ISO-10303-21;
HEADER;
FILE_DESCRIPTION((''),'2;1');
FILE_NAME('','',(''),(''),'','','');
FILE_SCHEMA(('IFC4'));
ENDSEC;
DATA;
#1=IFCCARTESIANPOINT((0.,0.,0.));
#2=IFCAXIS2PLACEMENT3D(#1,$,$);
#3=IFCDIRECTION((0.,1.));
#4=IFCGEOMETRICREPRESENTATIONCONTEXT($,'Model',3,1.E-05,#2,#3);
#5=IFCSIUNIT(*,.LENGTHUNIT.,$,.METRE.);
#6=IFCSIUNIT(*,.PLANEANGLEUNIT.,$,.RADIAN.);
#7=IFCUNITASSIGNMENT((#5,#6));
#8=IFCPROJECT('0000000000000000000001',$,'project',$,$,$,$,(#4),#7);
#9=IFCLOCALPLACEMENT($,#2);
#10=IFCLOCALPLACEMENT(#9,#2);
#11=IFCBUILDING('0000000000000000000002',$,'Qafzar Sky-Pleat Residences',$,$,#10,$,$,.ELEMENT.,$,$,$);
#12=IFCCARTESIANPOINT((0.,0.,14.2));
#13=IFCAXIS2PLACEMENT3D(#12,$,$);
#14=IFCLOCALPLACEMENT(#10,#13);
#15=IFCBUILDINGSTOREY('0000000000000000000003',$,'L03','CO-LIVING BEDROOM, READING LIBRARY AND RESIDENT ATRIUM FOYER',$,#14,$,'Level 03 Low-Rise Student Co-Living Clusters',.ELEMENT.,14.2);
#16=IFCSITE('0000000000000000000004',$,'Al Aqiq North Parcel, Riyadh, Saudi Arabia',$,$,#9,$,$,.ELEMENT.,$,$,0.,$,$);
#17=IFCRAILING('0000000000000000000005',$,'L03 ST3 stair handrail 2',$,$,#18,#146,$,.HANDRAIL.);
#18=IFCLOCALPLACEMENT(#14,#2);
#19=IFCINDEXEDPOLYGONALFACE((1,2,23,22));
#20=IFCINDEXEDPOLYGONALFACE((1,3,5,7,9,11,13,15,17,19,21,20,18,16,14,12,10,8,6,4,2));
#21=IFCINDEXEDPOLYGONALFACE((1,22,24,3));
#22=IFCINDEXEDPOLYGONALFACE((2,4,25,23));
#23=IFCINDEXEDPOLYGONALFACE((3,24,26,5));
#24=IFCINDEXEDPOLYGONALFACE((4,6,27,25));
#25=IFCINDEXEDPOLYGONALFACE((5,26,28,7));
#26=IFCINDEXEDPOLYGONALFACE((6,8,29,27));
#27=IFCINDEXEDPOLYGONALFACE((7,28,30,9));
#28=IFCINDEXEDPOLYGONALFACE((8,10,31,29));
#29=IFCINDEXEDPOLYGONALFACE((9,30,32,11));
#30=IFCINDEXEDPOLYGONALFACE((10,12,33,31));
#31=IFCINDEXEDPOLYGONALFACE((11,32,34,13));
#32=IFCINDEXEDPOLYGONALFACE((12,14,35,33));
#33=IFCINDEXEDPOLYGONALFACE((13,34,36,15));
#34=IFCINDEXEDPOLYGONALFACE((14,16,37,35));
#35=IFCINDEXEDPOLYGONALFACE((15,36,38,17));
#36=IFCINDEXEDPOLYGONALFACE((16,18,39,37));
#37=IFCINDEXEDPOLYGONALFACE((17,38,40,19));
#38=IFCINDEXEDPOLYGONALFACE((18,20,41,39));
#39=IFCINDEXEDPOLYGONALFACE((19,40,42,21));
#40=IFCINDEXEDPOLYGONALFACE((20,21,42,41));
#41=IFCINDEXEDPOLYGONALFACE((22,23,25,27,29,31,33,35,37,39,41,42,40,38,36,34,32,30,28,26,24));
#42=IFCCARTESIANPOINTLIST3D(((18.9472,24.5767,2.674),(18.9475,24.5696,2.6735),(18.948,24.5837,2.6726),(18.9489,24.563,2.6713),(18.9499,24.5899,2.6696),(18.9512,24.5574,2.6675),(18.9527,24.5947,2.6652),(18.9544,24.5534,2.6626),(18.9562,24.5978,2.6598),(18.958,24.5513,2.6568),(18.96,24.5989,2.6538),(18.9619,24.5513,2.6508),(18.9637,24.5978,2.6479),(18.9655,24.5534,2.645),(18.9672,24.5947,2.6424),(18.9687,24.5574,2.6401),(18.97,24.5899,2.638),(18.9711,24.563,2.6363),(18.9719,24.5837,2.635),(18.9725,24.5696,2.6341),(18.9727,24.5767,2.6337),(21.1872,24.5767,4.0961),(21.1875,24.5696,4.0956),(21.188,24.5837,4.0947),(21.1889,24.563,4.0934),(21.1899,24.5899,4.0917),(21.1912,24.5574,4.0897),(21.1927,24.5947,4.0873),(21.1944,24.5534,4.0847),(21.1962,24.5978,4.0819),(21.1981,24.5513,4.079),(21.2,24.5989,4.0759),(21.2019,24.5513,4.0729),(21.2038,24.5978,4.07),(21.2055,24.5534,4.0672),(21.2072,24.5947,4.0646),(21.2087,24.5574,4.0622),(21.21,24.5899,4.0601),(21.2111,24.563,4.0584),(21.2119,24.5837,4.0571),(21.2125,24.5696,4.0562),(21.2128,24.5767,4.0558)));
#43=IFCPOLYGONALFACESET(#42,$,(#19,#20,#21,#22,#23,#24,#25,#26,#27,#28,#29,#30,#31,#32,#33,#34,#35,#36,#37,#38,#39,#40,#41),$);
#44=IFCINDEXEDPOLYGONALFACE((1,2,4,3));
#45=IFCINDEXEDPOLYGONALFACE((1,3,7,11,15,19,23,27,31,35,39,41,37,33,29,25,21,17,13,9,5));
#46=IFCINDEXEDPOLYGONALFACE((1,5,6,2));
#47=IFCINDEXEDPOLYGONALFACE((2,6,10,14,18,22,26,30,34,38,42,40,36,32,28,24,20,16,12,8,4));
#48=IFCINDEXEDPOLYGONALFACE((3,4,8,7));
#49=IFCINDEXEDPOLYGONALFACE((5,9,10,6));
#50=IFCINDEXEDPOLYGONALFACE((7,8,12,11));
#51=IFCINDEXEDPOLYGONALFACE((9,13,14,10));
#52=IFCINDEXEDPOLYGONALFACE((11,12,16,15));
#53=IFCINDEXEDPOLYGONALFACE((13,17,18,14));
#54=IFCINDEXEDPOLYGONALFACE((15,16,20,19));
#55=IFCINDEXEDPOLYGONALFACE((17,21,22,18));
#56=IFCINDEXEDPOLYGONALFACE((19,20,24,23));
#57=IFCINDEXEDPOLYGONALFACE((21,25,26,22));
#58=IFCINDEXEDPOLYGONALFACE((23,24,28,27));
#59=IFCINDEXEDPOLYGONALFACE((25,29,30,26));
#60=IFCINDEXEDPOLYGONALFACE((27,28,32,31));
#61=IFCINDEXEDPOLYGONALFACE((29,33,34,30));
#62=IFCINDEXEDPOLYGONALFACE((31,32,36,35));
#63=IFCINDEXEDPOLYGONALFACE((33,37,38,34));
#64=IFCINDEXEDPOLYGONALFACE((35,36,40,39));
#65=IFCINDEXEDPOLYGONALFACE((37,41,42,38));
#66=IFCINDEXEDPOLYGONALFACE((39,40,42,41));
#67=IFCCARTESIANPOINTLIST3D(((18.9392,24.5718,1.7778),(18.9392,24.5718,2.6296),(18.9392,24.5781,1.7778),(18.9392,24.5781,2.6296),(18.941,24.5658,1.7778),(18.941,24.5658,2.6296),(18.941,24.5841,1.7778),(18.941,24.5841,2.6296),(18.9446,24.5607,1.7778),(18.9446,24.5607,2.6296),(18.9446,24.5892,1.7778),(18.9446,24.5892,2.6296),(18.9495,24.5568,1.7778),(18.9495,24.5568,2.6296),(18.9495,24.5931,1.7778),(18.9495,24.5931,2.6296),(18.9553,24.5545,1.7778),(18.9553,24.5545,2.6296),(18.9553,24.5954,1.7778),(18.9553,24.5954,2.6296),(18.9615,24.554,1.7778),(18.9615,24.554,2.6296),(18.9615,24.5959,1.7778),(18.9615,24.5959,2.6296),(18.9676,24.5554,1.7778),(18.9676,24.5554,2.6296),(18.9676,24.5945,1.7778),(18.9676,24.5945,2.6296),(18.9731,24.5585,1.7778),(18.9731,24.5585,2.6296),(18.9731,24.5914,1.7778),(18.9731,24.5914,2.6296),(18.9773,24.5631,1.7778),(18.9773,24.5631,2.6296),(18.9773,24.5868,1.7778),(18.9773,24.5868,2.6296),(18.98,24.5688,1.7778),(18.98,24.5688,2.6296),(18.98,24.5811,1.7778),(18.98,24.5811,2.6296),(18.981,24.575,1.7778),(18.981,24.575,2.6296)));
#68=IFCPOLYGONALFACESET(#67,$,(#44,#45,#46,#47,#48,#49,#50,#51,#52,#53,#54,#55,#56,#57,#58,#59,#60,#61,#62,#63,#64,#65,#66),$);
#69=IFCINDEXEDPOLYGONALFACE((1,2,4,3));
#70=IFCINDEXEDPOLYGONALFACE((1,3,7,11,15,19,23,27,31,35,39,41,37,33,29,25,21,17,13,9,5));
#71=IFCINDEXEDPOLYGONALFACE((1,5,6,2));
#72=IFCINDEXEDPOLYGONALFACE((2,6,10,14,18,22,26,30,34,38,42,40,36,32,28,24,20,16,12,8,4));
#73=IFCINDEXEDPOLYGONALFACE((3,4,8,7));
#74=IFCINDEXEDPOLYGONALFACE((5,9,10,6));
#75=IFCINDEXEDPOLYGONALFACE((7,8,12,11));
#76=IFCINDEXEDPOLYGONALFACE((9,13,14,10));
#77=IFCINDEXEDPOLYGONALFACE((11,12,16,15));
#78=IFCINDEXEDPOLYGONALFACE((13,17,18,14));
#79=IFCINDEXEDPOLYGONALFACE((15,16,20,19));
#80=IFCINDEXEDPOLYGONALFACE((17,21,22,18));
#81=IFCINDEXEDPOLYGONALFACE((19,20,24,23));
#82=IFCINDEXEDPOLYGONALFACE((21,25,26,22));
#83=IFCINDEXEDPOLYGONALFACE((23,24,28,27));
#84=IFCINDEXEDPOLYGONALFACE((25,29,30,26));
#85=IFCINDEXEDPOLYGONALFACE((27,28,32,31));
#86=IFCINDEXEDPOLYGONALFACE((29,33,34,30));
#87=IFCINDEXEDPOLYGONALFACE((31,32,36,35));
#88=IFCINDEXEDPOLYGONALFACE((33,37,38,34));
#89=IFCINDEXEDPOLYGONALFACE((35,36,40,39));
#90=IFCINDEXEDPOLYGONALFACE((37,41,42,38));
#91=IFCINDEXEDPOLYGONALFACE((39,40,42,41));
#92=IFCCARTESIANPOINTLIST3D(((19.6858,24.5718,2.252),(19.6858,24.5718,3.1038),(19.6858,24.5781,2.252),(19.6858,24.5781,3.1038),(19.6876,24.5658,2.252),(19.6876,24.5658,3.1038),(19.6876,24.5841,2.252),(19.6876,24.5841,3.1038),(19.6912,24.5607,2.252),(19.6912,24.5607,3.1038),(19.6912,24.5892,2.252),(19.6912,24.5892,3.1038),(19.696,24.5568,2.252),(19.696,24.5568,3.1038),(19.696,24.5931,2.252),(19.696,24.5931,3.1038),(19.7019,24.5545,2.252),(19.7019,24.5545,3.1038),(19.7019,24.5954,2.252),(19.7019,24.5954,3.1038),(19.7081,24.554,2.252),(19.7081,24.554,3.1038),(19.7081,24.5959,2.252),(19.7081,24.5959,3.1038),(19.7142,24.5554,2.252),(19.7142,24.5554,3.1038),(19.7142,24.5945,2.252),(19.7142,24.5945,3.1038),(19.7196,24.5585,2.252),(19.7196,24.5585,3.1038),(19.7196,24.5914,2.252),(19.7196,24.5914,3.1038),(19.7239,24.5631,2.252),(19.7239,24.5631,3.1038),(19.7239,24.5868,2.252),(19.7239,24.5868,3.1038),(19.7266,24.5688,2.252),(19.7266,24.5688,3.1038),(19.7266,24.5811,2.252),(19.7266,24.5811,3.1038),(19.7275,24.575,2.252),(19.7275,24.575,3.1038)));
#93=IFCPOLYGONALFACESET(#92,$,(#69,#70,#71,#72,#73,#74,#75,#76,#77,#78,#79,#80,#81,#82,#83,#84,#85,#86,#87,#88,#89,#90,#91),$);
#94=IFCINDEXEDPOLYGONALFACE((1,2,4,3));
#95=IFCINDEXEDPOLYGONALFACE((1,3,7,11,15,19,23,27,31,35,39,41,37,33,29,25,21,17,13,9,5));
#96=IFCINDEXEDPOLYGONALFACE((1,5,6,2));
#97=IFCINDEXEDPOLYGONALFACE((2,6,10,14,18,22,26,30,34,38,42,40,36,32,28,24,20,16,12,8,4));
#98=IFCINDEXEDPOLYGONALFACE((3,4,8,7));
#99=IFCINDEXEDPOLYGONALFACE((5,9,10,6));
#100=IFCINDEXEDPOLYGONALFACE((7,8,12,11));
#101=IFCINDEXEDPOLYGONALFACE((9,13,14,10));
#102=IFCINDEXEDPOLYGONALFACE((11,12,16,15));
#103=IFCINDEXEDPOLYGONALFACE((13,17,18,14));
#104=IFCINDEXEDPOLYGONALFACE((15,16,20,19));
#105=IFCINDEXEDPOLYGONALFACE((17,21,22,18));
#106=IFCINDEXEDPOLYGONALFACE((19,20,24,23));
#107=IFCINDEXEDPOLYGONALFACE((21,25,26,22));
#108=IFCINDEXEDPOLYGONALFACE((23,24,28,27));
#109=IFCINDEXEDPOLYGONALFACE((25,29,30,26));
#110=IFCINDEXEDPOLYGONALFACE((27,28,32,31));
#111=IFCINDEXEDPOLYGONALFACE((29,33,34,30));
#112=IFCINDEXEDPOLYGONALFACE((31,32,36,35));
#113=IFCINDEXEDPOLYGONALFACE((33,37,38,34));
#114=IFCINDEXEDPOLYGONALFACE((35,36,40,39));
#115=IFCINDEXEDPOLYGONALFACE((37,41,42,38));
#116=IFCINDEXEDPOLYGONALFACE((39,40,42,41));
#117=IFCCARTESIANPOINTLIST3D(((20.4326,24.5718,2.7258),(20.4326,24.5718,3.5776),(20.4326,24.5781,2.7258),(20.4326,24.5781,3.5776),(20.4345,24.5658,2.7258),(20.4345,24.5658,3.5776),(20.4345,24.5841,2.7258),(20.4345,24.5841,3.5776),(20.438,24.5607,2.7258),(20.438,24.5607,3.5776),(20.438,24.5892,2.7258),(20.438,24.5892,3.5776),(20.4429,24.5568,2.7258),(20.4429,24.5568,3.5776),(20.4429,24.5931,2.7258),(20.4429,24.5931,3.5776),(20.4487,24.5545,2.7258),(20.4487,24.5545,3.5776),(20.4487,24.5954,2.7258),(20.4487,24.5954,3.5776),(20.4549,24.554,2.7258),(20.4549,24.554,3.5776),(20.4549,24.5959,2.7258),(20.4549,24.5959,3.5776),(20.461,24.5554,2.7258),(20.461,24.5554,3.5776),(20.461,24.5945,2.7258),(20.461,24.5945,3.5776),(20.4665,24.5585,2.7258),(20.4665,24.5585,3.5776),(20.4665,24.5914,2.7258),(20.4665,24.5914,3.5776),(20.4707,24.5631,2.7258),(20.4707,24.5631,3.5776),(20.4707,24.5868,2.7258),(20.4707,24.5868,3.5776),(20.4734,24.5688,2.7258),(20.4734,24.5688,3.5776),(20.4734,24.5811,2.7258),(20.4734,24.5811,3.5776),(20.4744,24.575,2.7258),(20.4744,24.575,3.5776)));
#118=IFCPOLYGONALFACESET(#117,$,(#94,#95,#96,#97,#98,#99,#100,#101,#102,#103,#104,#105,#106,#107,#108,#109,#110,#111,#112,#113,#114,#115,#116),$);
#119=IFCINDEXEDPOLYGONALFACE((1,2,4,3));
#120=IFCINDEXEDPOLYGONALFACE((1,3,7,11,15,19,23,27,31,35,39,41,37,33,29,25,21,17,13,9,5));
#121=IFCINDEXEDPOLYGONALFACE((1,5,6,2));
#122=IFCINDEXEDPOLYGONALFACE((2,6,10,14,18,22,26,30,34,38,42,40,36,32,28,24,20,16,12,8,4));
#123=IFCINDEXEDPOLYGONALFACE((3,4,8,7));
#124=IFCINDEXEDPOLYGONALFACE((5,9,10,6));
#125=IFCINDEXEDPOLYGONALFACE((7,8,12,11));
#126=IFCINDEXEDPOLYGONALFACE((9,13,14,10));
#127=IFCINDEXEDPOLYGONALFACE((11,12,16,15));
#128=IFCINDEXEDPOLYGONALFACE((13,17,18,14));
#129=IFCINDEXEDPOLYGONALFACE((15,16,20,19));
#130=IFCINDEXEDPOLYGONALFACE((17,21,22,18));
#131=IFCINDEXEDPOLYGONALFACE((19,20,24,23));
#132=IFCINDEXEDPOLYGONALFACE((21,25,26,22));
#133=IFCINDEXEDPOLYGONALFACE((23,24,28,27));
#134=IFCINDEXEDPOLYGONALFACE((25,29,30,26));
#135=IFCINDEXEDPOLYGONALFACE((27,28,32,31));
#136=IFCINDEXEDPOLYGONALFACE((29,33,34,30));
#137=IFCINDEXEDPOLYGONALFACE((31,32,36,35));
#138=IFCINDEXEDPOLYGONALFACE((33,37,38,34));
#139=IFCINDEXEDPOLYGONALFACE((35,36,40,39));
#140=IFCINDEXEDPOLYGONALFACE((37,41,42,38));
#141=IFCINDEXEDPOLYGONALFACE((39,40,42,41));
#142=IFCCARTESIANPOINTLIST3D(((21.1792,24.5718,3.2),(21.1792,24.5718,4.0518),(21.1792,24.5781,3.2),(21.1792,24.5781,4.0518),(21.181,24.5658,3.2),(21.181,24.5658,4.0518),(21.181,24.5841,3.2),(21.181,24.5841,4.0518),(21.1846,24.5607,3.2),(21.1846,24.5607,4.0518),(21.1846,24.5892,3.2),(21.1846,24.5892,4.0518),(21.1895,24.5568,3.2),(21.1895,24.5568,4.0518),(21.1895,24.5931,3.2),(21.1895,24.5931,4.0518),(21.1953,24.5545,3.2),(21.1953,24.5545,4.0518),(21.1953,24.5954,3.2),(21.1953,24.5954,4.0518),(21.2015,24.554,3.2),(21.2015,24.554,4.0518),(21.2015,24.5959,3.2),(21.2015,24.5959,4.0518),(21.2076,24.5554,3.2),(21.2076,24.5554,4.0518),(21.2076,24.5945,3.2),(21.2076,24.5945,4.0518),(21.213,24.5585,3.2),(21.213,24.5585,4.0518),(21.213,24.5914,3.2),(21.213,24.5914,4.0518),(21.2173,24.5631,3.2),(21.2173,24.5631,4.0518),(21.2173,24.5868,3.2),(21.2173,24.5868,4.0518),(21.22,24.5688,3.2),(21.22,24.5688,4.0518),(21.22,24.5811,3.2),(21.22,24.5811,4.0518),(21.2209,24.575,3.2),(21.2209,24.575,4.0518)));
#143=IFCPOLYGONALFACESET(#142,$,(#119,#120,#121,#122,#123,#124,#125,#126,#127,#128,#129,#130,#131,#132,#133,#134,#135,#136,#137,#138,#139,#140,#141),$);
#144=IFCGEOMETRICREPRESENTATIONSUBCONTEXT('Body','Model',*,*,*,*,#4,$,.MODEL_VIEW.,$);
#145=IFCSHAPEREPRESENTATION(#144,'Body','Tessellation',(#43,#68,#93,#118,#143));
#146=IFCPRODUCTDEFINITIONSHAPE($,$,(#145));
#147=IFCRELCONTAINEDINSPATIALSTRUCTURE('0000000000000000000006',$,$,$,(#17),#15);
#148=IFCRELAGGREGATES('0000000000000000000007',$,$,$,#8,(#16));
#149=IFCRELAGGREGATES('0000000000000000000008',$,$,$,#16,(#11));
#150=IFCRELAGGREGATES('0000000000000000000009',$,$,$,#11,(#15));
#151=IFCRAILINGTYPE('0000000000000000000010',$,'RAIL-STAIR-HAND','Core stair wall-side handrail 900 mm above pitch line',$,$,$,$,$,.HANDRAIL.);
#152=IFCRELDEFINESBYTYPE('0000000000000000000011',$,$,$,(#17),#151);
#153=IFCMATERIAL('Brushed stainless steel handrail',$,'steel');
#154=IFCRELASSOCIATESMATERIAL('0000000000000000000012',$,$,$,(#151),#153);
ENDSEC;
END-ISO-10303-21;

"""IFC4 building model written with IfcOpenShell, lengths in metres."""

from ifc_helpers import new_model, si_unit, direction, frame, origin, origin_2d, place, context, subcontext, project, spatial, circle, extrude, source, transform, mapped, material, type_object, element, save


model = new_model("IFC4")

# Units and contexts
model_context = context("Model", 3, precision=1e-05, world=origin(), true_north=direction((0.0, 1.0)))
body_context = subcontext(model_context, "Body", "Model", "MODEL_VIEW")
ifc_project = project(units=[si_unit("LENGTHUNIT", "METRE"), si_unit("PLANEANGLEUNIT", "RADIAN")], contexts=[model_context])

# Site, building, storey
site_placement = place(None, origin())
site = spatial("IfcSite", under=ifc_project, at=site_placement, Name="Al Aqiq North Parcel, Riyadh, Saudi Arabia", CompositionType="ELEMENT", RefElevation=0.0)
building_placement = place(site_placement, origin())
building = spatial("IfcBuilding", under=site, at=building_placement, Name="Qafzar Sky-Pleat Residences", CompositionType="ELEMENT")
storey_placement = place(building_placement, frame((0.0, 0.0, 14.2)))
storey = spatial("IfcBuildingStorey", under=building, at=storey_placement, Name="L03", Description="CO-LIVING BEDROOM, READING LIBRARY AND RESIDENT ATRIUM FOYER", LongName="Level 03 Low-Rise Student Co-Living Clusters", CompositionType="ELEMENT", Elevation=14.2)

# Railing
ifc_material_1 = material(Name="Brushed stainless steel handrail", Category="steel")
railing_type = type_object("IfcRailingType", Name="RAIL-STAIR-HAND", Description="Core stair wall-side handrail 900 mm above pitch line", PredefinedType="HANDRAIL", material=ifc_material_1)
shared_shape_1 = source(origin(), body_context, "Body", "SweptSolid", [
    extrude(circle(Radius=0.0239, at=origin_2d()), frame((0.0, 0.0, 0.876), z_axis=(0.844229, 0.0, 0.535982), x_axis=(0.0, 1.0, 0.0)), (0.0, 0.0, 1.0), 2.6533),
    extrude(circle(Radius=0.021, at=origin_2d()), origin(), (0.0, 0.0, 1.0), 0.8518),
    extrude(circle(Radius=0.021, at=origin_2d()), frame((0.7466, 0.0, 0.4741)), (0.0, 0.0, 1.0), 0.8518),
    extrude(circle(Radius=0.021, at=origin_2d()), frame((1.4934, 0.0, 0.948)), (0.0, 0.0, 1.0), 0.8518),
    extrude(circle(Radius=0.021, at=origin_2d()), frame((2.24, 0.0, 1.4221)), (0.0, 0.0, 1.0), 0.8518),
])
railing_placement = place(storey_placement, frame((18.96, 24.575, 1.7778)))
element("IfcRailing", 1, at=railing_placement, inside=storey, type_object=railing_type, Name="L03 ST3 stair handrail 2", PredefinedType="HANDRAIL", context=body_context, shape_type="MappedRepresentation", body=[
    mapped(shared_shape_1, transform((0.0, 0.0, 0.0), x_axis=(1.0, 0.0, 0.0), y_axis=(0.0, 1.0, 0.0), z_axis=(0.0, 0.0, 1.0), scale=1.0)),
])

save(model, "model.ifc")
